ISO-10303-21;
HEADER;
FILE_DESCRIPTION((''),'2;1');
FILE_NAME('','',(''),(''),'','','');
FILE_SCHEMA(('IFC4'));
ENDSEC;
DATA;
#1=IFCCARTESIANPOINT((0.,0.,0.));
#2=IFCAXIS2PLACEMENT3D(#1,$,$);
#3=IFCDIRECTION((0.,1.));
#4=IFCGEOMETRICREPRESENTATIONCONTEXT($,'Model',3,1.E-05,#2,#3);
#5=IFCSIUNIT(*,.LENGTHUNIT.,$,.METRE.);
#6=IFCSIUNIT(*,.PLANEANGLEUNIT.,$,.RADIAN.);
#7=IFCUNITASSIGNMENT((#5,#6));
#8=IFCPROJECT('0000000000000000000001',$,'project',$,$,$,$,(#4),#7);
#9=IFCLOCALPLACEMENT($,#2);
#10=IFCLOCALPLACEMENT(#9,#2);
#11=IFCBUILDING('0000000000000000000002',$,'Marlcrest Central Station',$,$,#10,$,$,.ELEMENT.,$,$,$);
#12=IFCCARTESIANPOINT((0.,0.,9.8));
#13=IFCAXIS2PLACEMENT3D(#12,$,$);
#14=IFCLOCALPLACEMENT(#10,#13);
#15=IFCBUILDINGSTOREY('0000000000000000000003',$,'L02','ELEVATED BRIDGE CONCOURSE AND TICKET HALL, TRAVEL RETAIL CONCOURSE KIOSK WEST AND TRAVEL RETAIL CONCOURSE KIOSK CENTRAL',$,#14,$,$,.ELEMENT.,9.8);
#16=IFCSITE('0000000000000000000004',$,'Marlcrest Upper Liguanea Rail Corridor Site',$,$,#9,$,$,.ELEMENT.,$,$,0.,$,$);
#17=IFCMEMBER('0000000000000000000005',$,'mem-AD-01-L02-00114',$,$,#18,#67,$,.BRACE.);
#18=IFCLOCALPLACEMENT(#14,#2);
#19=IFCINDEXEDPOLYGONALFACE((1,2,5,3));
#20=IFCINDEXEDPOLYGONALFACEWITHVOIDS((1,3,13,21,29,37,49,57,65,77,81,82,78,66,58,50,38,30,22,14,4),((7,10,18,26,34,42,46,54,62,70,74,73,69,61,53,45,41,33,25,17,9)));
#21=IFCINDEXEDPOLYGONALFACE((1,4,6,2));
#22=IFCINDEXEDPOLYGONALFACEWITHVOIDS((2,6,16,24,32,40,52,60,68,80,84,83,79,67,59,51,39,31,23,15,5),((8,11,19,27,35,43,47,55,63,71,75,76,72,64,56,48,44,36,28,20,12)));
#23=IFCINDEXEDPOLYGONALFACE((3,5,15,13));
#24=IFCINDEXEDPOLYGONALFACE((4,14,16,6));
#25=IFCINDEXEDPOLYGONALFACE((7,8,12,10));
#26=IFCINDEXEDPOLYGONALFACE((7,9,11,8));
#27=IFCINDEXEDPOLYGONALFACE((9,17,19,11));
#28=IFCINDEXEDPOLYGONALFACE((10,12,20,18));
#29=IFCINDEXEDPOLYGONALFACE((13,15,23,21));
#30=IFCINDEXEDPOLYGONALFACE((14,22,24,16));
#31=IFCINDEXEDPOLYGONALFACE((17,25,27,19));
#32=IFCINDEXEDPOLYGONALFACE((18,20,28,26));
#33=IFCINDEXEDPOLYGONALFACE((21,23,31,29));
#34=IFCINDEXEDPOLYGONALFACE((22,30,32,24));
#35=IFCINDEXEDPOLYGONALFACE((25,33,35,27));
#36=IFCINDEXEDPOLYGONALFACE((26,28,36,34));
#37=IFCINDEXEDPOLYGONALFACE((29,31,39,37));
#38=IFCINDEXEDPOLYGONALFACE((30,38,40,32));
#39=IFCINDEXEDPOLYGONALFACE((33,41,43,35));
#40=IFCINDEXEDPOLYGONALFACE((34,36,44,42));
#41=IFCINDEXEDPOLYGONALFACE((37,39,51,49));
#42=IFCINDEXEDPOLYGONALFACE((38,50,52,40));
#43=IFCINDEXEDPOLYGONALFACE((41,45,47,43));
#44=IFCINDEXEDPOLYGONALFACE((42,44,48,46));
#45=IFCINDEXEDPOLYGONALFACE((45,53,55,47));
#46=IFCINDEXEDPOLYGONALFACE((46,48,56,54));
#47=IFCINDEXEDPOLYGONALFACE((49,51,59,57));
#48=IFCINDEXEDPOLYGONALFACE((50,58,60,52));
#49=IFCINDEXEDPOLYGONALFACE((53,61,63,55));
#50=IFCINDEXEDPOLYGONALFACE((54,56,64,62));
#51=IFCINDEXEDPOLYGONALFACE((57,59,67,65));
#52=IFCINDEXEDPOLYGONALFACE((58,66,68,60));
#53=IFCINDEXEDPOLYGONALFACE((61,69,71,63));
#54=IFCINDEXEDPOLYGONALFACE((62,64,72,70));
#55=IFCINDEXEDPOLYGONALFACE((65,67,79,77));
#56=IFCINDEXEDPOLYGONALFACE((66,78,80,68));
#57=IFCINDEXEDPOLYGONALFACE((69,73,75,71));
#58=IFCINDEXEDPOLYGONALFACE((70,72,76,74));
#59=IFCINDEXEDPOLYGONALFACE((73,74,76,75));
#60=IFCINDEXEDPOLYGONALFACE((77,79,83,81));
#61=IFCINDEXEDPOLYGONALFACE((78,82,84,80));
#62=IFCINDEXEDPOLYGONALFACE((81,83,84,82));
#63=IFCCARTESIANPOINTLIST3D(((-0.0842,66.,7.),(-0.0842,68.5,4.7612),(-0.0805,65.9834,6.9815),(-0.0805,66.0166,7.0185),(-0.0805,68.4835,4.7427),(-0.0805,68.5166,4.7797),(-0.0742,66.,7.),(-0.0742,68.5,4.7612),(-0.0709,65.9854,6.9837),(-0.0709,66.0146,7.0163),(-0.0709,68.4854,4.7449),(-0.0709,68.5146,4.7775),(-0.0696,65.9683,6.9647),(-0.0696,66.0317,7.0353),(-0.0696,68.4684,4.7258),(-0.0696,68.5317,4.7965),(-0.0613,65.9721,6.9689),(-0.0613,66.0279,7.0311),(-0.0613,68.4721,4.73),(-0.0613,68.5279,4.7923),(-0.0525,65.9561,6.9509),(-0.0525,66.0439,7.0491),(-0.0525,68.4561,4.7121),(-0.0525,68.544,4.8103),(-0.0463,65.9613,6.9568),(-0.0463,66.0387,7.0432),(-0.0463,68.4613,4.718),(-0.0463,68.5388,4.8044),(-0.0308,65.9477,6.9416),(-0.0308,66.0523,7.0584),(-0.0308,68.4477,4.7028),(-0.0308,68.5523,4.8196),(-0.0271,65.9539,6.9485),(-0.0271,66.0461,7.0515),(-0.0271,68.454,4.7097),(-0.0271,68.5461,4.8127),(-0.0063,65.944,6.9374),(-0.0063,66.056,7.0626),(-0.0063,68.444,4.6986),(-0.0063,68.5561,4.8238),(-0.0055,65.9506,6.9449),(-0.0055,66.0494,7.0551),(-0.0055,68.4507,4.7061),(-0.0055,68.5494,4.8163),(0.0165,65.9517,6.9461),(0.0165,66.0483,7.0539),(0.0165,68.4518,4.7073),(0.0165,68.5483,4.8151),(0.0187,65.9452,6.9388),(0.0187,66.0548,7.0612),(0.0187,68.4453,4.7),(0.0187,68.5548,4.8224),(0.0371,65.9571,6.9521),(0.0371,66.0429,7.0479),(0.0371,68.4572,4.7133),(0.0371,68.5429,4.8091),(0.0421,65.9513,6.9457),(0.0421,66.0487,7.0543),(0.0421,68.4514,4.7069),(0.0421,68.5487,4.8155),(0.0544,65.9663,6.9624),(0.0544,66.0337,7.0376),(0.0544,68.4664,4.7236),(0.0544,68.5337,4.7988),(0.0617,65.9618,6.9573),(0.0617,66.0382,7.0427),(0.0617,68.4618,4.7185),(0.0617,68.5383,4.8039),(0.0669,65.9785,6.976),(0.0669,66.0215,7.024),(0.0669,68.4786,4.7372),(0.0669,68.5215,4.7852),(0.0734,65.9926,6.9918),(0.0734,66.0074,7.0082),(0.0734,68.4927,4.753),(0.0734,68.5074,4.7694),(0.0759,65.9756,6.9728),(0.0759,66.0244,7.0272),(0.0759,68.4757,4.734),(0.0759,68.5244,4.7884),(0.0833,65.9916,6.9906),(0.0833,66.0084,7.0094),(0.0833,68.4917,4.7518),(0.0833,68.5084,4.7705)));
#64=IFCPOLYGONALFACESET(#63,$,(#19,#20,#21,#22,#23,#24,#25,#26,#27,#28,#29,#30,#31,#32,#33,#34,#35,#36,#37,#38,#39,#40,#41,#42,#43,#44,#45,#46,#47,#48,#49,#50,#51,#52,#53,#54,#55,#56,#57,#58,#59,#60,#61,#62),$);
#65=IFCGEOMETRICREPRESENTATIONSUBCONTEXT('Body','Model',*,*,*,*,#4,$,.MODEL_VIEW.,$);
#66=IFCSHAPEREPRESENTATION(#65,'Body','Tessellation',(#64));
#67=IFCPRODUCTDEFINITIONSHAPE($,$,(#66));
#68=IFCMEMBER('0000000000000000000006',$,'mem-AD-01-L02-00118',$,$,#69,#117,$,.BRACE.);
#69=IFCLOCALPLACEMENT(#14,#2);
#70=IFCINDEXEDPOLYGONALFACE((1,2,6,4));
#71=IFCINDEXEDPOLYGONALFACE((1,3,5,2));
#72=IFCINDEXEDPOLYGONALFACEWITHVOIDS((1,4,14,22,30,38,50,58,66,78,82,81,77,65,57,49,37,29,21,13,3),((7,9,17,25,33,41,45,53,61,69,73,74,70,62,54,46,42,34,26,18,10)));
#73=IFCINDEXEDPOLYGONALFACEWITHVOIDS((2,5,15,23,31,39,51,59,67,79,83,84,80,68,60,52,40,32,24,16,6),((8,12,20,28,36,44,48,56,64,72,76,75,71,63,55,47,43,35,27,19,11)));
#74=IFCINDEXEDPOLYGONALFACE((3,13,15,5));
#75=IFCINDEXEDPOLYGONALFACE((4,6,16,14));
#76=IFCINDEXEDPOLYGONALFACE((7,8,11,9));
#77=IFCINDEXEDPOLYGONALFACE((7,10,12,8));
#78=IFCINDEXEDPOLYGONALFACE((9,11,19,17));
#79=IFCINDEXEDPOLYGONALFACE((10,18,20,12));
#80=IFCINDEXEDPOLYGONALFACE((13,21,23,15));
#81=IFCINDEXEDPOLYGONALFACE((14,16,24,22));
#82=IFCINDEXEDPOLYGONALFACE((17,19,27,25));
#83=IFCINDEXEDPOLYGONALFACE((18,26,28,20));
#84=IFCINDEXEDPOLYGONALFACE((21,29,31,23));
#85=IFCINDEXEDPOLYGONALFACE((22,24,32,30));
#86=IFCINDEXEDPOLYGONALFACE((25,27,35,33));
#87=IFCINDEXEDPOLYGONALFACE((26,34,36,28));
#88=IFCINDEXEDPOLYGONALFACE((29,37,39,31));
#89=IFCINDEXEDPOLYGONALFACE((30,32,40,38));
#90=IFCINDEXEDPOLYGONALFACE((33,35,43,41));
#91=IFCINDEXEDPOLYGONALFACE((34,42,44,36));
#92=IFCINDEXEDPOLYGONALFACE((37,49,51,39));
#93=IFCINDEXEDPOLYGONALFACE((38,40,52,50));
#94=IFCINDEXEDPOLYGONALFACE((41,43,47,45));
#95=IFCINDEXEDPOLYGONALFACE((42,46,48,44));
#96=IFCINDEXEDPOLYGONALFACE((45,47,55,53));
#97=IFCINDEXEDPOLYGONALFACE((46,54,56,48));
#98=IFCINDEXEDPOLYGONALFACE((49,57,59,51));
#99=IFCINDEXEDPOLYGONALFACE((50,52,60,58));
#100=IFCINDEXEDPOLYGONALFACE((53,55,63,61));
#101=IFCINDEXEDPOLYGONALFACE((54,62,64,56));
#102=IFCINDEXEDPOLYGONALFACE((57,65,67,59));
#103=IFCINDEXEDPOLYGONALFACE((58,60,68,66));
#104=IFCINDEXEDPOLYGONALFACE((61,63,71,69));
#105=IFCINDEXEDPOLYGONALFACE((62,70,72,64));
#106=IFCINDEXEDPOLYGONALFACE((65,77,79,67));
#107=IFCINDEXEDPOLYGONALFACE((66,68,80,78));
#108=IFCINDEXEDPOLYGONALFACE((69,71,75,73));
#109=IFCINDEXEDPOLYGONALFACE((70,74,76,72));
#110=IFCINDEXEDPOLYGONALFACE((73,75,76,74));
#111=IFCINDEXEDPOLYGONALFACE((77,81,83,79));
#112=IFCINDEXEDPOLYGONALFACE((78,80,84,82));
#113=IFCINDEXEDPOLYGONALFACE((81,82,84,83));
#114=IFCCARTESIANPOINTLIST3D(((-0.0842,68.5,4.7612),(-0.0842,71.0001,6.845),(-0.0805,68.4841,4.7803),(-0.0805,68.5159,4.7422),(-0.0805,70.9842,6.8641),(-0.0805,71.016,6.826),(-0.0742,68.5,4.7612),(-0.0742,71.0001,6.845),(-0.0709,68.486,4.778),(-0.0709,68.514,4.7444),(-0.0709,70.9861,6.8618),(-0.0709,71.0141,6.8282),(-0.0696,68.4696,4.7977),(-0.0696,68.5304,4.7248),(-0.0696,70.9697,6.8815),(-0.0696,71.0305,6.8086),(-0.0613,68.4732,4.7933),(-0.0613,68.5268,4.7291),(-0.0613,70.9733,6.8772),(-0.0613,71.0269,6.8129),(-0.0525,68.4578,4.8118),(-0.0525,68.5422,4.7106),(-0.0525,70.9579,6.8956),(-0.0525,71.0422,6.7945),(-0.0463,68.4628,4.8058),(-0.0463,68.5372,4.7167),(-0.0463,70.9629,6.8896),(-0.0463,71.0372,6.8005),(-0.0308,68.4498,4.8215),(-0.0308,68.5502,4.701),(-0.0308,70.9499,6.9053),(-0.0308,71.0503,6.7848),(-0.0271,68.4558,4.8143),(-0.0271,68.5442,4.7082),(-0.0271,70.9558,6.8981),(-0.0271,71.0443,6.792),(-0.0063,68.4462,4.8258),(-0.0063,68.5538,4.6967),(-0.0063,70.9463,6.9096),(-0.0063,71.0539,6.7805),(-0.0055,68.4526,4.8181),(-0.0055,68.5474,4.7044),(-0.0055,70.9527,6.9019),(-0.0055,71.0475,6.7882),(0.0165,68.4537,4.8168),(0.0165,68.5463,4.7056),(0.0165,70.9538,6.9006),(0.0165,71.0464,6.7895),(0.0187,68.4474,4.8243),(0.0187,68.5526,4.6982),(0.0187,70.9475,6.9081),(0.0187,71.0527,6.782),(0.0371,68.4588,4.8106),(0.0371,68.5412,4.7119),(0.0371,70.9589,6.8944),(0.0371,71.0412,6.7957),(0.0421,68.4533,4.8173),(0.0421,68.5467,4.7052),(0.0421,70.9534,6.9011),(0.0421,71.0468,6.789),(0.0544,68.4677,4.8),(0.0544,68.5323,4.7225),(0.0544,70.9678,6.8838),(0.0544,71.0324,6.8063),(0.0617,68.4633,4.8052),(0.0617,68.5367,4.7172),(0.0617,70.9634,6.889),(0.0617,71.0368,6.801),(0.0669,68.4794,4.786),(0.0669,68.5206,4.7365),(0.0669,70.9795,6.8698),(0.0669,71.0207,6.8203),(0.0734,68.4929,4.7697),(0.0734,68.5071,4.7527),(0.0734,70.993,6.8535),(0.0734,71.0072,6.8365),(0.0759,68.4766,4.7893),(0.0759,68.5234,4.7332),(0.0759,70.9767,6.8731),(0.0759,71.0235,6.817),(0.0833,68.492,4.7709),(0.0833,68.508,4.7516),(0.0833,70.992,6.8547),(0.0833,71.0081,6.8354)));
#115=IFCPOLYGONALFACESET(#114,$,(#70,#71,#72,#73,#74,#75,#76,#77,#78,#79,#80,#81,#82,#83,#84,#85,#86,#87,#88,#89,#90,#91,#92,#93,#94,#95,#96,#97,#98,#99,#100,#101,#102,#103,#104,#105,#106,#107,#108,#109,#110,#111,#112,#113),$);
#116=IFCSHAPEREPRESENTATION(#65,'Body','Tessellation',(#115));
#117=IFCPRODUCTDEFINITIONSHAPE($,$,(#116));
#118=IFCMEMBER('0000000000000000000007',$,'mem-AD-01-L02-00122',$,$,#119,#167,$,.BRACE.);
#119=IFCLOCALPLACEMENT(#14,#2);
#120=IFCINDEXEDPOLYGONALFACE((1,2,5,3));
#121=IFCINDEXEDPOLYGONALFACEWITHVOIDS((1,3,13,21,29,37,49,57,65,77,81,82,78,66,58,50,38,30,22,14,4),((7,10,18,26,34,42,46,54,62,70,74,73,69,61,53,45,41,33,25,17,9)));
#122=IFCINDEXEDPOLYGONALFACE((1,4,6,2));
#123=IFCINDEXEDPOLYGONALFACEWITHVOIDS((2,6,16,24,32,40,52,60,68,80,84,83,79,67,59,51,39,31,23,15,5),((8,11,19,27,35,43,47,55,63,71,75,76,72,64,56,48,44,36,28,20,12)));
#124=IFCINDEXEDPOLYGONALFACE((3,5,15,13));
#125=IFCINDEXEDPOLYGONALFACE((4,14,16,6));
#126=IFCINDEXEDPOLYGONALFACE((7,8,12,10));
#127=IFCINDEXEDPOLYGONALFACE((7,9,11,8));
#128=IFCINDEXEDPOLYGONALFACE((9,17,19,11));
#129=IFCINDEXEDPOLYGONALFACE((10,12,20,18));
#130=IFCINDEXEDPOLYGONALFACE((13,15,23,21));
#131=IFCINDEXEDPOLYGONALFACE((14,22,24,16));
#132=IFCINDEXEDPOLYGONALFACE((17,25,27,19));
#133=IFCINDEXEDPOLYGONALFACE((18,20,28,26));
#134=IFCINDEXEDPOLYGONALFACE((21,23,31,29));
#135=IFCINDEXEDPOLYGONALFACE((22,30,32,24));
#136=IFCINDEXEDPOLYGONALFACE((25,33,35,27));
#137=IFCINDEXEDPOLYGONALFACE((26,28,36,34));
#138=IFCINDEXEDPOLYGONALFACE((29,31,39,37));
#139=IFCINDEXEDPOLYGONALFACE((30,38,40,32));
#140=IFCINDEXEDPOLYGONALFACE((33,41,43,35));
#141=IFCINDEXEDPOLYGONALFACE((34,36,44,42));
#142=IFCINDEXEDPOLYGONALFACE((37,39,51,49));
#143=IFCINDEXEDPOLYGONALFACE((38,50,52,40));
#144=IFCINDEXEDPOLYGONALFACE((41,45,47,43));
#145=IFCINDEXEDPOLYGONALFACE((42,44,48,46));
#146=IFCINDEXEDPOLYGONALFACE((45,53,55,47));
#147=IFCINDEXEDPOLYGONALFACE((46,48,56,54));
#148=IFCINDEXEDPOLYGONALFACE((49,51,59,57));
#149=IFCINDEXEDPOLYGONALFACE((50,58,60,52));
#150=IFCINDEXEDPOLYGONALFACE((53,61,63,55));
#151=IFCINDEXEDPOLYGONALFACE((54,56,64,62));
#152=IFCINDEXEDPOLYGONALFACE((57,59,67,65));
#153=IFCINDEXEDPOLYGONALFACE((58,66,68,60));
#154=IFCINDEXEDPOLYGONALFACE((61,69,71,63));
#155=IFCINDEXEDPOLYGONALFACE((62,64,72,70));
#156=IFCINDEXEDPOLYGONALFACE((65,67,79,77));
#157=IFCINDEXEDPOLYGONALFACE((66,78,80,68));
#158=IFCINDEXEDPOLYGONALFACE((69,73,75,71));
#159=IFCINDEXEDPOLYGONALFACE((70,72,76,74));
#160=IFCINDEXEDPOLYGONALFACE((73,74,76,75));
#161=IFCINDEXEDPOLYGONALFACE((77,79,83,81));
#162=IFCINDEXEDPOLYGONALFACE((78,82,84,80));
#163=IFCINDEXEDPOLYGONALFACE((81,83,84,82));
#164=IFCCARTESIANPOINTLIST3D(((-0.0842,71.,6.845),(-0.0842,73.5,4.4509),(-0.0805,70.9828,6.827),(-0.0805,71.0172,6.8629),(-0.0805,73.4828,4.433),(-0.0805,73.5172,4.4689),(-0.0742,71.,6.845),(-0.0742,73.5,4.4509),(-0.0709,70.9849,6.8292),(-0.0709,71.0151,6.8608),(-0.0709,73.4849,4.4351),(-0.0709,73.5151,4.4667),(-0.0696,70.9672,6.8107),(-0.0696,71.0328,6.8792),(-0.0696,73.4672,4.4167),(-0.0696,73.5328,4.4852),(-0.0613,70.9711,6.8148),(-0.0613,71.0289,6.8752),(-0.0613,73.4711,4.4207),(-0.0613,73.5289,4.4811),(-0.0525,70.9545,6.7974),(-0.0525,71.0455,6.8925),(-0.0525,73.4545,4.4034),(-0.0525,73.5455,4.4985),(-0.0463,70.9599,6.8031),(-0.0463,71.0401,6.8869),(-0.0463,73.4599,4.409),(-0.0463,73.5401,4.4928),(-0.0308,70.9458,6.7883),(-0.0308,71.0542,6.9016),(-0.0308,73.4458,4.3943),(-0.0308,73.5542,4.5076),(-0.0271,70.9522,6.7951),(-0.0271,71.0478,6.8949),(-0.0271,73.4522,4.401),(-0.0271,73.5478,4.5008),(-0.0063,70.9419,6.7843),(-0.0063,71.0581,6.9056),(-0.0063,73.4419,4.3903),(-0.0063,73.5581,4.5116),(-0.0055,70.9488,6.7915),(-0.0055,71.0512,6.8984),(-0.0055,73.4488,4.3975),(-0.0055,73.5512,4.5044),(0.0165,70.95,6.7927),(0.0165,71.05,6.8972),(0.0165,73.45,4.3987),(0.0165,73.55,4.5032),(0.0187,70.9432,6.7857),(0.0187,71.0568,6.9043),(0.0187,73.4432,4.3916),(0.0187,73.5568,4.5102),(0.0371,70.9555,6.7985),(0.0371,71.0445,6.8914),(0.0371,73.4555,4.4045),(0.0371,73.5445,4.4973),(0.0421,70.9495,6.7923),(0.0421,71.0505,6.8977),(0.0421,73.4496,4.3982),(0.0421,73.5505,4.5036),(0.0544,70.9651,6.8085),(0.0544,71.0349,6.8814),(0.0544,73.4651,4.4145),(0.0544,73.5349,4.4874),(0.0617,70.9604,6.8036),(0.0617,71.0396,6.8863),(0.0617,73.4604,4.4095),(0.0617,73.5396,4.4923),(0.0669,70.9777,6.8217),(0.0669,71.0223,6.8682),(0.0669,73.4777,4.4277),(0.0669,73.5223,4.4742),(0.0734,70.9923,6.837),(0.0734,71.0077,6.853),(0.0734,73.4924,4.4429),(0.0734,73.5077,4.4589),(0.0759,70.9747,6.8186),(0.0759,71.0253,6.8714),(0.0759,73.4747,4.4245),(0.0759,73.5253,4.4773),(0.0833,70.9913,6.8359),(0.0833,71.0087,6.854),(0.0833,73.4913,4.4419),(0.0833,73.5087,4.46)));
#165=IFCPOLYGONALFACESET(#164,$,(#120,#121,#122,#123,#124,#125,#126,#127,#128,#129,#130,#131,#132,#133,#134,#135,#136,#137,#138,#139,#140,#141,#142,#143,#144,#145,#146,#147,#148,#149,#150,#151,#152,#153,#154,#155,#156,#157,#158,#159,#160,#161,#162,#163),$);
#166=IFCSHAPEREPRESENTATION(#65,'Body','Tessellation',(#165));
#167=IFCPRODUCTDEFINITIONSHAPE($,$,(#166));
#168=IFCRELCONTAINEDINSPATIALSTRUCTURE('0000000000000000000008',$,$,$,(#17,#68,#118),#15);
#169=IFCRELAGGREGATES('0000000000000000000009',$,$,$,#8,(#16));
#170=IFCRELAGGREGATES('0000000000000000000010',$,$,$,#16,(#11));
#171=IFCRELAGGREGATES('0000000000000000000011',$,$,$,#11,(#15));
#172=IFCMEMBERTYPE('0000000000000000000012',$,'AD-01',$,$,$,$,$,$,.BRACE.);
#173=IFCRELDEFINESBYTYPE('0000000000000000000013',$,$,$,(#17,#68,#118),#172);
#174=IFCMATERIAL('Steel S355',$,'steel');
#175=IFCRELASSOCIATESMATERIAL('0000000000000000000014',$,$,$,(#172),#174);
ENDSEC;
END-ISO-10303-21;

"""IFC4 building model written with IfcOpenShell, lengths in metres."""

from ifc_helpers import new_model, si_unit, direction, frame, origin, origin_2d, place, context, subcontext, project, spatial, hollow_circle, extrude, material, material_profile, profile_set, type_object, element, save


model = new_model("IFC4")

# Units and contexts
model_context = context("Model", 3, precision=1e-05, world=origin(), true_north=direction((0.0, 1.0)))
body_context = subcontext(model_context, "Body", "Model", "MODEL_VIEW")
ifc_project = project(units=[si_unit("LENGTHUNIT", "METRE"), si_unit("PLANEANGLEUNIT", "RADIAN")], contexts=[model_context])

# Site, building, storey
site_placement = place(None, origin())
site = spatial("IfcSite", under=ifc_project, at=site_placement, Name="Marlcrest Upper Liguanea Rail Corridor Site", CompositionType="ELEMENT", RefElevation=0.0)
building_placement = place(site_placement, origin())
building = spatial("IfcBuilding", under=site, at=building_placement, Name="Marlcrest Central Station", CompositionType="ELEMENT")
storey_placement = place(building_placement, frame((0.0, 0.0, 9.8)))
storey = spatial("IfcBuildingStorey", under=building, at=storey_placement, Name="L02", Description="ELEVATED BRIDGE CONCOURSE AND TICKET HALL, TRAVEL RETAIL CONCOURSE KIOSK WEST AND TRAVEL RETAIL CONCOURSE KIOSK CENTRAL", CompositionType="ELEMENT", Elevation=9.8)

# Members
ifc_material = material(Name="Steel S355", Category="steel")
ifc_material_profile_1 = material_profile(ifc_material, hollow_circle(Radius=0.0842, WallThickness=0.01, at=origin_2d()), Name="CHS 168.3x10")
ifc_profile_set_1 = profile_set([ifc_material_profile_1], Name="Steel S355")
member_type_1 = type_object("IfcMemberType", Name="AD-01", PredefinedType="BRACE", material=ifc_profile_set_1)
member_1_placement = place(storey_placement, frame((0.0, 66.0, 7.0), z_axis=(0.0, 0.744956, -0.667114), x_axis=(-1.0, 0.0, 0.0)))
element("IfcMember", 1, at=member_1_placement, inside=storey, type_object=member_type_1, Name="mem-AD-01-L02-00114", PredefinedType="BRACE", context=body_context, shape_type="SweptSolid", body=[
    extrude(hollow_circle(Radius=0.0842, WallThickness=0.01, at=origin_2d()), origin(), (0.0, 0.0, 1.0), 3.356),
])
member_2_placement = place(storey_placement, frame((0.0, 68.5, 4.7612), z_axis=(0.0, 0.76816, 0.640258), x_axis=(-1.0, 0.0, 0.0)))
element("IfcMember", 2, at=member_2_placement, inside=storey, type_object=member_type_1, Name="mem-AD-01-L02-00118", PredefinedType="BRACE", context=body_context, shape_type="SweptSolid", body=[
    extrude(hollow_circle(Radius=0.0842, WallThickness=0.01, at=origin_2d()), origin(), (0.0, 0.0, 1.0), 3.2546),
])
member_3_placement = place(storey_placement, frame((0.0, 71.0, 6.845), z_axis=(0.0, 0.722247, -0.691636), x_axis=(-1.0, 0.0, 0.0)))
element("IfcMember", 3, at=member_3_placement, inside=storey, type_object=member_type_1, Name="mem-AD-01-L02-00122", PredefinedType="BRACE", context=body_context, shape_type="SweptSolid", body=[
    extrude(hollow_circle(Radius=0.0842, WallThickness=0.01, at=origin_2d()), origin(), (0.0, 0.0, 1.0), 3.4614),
])

save(model, "model.ifc")
